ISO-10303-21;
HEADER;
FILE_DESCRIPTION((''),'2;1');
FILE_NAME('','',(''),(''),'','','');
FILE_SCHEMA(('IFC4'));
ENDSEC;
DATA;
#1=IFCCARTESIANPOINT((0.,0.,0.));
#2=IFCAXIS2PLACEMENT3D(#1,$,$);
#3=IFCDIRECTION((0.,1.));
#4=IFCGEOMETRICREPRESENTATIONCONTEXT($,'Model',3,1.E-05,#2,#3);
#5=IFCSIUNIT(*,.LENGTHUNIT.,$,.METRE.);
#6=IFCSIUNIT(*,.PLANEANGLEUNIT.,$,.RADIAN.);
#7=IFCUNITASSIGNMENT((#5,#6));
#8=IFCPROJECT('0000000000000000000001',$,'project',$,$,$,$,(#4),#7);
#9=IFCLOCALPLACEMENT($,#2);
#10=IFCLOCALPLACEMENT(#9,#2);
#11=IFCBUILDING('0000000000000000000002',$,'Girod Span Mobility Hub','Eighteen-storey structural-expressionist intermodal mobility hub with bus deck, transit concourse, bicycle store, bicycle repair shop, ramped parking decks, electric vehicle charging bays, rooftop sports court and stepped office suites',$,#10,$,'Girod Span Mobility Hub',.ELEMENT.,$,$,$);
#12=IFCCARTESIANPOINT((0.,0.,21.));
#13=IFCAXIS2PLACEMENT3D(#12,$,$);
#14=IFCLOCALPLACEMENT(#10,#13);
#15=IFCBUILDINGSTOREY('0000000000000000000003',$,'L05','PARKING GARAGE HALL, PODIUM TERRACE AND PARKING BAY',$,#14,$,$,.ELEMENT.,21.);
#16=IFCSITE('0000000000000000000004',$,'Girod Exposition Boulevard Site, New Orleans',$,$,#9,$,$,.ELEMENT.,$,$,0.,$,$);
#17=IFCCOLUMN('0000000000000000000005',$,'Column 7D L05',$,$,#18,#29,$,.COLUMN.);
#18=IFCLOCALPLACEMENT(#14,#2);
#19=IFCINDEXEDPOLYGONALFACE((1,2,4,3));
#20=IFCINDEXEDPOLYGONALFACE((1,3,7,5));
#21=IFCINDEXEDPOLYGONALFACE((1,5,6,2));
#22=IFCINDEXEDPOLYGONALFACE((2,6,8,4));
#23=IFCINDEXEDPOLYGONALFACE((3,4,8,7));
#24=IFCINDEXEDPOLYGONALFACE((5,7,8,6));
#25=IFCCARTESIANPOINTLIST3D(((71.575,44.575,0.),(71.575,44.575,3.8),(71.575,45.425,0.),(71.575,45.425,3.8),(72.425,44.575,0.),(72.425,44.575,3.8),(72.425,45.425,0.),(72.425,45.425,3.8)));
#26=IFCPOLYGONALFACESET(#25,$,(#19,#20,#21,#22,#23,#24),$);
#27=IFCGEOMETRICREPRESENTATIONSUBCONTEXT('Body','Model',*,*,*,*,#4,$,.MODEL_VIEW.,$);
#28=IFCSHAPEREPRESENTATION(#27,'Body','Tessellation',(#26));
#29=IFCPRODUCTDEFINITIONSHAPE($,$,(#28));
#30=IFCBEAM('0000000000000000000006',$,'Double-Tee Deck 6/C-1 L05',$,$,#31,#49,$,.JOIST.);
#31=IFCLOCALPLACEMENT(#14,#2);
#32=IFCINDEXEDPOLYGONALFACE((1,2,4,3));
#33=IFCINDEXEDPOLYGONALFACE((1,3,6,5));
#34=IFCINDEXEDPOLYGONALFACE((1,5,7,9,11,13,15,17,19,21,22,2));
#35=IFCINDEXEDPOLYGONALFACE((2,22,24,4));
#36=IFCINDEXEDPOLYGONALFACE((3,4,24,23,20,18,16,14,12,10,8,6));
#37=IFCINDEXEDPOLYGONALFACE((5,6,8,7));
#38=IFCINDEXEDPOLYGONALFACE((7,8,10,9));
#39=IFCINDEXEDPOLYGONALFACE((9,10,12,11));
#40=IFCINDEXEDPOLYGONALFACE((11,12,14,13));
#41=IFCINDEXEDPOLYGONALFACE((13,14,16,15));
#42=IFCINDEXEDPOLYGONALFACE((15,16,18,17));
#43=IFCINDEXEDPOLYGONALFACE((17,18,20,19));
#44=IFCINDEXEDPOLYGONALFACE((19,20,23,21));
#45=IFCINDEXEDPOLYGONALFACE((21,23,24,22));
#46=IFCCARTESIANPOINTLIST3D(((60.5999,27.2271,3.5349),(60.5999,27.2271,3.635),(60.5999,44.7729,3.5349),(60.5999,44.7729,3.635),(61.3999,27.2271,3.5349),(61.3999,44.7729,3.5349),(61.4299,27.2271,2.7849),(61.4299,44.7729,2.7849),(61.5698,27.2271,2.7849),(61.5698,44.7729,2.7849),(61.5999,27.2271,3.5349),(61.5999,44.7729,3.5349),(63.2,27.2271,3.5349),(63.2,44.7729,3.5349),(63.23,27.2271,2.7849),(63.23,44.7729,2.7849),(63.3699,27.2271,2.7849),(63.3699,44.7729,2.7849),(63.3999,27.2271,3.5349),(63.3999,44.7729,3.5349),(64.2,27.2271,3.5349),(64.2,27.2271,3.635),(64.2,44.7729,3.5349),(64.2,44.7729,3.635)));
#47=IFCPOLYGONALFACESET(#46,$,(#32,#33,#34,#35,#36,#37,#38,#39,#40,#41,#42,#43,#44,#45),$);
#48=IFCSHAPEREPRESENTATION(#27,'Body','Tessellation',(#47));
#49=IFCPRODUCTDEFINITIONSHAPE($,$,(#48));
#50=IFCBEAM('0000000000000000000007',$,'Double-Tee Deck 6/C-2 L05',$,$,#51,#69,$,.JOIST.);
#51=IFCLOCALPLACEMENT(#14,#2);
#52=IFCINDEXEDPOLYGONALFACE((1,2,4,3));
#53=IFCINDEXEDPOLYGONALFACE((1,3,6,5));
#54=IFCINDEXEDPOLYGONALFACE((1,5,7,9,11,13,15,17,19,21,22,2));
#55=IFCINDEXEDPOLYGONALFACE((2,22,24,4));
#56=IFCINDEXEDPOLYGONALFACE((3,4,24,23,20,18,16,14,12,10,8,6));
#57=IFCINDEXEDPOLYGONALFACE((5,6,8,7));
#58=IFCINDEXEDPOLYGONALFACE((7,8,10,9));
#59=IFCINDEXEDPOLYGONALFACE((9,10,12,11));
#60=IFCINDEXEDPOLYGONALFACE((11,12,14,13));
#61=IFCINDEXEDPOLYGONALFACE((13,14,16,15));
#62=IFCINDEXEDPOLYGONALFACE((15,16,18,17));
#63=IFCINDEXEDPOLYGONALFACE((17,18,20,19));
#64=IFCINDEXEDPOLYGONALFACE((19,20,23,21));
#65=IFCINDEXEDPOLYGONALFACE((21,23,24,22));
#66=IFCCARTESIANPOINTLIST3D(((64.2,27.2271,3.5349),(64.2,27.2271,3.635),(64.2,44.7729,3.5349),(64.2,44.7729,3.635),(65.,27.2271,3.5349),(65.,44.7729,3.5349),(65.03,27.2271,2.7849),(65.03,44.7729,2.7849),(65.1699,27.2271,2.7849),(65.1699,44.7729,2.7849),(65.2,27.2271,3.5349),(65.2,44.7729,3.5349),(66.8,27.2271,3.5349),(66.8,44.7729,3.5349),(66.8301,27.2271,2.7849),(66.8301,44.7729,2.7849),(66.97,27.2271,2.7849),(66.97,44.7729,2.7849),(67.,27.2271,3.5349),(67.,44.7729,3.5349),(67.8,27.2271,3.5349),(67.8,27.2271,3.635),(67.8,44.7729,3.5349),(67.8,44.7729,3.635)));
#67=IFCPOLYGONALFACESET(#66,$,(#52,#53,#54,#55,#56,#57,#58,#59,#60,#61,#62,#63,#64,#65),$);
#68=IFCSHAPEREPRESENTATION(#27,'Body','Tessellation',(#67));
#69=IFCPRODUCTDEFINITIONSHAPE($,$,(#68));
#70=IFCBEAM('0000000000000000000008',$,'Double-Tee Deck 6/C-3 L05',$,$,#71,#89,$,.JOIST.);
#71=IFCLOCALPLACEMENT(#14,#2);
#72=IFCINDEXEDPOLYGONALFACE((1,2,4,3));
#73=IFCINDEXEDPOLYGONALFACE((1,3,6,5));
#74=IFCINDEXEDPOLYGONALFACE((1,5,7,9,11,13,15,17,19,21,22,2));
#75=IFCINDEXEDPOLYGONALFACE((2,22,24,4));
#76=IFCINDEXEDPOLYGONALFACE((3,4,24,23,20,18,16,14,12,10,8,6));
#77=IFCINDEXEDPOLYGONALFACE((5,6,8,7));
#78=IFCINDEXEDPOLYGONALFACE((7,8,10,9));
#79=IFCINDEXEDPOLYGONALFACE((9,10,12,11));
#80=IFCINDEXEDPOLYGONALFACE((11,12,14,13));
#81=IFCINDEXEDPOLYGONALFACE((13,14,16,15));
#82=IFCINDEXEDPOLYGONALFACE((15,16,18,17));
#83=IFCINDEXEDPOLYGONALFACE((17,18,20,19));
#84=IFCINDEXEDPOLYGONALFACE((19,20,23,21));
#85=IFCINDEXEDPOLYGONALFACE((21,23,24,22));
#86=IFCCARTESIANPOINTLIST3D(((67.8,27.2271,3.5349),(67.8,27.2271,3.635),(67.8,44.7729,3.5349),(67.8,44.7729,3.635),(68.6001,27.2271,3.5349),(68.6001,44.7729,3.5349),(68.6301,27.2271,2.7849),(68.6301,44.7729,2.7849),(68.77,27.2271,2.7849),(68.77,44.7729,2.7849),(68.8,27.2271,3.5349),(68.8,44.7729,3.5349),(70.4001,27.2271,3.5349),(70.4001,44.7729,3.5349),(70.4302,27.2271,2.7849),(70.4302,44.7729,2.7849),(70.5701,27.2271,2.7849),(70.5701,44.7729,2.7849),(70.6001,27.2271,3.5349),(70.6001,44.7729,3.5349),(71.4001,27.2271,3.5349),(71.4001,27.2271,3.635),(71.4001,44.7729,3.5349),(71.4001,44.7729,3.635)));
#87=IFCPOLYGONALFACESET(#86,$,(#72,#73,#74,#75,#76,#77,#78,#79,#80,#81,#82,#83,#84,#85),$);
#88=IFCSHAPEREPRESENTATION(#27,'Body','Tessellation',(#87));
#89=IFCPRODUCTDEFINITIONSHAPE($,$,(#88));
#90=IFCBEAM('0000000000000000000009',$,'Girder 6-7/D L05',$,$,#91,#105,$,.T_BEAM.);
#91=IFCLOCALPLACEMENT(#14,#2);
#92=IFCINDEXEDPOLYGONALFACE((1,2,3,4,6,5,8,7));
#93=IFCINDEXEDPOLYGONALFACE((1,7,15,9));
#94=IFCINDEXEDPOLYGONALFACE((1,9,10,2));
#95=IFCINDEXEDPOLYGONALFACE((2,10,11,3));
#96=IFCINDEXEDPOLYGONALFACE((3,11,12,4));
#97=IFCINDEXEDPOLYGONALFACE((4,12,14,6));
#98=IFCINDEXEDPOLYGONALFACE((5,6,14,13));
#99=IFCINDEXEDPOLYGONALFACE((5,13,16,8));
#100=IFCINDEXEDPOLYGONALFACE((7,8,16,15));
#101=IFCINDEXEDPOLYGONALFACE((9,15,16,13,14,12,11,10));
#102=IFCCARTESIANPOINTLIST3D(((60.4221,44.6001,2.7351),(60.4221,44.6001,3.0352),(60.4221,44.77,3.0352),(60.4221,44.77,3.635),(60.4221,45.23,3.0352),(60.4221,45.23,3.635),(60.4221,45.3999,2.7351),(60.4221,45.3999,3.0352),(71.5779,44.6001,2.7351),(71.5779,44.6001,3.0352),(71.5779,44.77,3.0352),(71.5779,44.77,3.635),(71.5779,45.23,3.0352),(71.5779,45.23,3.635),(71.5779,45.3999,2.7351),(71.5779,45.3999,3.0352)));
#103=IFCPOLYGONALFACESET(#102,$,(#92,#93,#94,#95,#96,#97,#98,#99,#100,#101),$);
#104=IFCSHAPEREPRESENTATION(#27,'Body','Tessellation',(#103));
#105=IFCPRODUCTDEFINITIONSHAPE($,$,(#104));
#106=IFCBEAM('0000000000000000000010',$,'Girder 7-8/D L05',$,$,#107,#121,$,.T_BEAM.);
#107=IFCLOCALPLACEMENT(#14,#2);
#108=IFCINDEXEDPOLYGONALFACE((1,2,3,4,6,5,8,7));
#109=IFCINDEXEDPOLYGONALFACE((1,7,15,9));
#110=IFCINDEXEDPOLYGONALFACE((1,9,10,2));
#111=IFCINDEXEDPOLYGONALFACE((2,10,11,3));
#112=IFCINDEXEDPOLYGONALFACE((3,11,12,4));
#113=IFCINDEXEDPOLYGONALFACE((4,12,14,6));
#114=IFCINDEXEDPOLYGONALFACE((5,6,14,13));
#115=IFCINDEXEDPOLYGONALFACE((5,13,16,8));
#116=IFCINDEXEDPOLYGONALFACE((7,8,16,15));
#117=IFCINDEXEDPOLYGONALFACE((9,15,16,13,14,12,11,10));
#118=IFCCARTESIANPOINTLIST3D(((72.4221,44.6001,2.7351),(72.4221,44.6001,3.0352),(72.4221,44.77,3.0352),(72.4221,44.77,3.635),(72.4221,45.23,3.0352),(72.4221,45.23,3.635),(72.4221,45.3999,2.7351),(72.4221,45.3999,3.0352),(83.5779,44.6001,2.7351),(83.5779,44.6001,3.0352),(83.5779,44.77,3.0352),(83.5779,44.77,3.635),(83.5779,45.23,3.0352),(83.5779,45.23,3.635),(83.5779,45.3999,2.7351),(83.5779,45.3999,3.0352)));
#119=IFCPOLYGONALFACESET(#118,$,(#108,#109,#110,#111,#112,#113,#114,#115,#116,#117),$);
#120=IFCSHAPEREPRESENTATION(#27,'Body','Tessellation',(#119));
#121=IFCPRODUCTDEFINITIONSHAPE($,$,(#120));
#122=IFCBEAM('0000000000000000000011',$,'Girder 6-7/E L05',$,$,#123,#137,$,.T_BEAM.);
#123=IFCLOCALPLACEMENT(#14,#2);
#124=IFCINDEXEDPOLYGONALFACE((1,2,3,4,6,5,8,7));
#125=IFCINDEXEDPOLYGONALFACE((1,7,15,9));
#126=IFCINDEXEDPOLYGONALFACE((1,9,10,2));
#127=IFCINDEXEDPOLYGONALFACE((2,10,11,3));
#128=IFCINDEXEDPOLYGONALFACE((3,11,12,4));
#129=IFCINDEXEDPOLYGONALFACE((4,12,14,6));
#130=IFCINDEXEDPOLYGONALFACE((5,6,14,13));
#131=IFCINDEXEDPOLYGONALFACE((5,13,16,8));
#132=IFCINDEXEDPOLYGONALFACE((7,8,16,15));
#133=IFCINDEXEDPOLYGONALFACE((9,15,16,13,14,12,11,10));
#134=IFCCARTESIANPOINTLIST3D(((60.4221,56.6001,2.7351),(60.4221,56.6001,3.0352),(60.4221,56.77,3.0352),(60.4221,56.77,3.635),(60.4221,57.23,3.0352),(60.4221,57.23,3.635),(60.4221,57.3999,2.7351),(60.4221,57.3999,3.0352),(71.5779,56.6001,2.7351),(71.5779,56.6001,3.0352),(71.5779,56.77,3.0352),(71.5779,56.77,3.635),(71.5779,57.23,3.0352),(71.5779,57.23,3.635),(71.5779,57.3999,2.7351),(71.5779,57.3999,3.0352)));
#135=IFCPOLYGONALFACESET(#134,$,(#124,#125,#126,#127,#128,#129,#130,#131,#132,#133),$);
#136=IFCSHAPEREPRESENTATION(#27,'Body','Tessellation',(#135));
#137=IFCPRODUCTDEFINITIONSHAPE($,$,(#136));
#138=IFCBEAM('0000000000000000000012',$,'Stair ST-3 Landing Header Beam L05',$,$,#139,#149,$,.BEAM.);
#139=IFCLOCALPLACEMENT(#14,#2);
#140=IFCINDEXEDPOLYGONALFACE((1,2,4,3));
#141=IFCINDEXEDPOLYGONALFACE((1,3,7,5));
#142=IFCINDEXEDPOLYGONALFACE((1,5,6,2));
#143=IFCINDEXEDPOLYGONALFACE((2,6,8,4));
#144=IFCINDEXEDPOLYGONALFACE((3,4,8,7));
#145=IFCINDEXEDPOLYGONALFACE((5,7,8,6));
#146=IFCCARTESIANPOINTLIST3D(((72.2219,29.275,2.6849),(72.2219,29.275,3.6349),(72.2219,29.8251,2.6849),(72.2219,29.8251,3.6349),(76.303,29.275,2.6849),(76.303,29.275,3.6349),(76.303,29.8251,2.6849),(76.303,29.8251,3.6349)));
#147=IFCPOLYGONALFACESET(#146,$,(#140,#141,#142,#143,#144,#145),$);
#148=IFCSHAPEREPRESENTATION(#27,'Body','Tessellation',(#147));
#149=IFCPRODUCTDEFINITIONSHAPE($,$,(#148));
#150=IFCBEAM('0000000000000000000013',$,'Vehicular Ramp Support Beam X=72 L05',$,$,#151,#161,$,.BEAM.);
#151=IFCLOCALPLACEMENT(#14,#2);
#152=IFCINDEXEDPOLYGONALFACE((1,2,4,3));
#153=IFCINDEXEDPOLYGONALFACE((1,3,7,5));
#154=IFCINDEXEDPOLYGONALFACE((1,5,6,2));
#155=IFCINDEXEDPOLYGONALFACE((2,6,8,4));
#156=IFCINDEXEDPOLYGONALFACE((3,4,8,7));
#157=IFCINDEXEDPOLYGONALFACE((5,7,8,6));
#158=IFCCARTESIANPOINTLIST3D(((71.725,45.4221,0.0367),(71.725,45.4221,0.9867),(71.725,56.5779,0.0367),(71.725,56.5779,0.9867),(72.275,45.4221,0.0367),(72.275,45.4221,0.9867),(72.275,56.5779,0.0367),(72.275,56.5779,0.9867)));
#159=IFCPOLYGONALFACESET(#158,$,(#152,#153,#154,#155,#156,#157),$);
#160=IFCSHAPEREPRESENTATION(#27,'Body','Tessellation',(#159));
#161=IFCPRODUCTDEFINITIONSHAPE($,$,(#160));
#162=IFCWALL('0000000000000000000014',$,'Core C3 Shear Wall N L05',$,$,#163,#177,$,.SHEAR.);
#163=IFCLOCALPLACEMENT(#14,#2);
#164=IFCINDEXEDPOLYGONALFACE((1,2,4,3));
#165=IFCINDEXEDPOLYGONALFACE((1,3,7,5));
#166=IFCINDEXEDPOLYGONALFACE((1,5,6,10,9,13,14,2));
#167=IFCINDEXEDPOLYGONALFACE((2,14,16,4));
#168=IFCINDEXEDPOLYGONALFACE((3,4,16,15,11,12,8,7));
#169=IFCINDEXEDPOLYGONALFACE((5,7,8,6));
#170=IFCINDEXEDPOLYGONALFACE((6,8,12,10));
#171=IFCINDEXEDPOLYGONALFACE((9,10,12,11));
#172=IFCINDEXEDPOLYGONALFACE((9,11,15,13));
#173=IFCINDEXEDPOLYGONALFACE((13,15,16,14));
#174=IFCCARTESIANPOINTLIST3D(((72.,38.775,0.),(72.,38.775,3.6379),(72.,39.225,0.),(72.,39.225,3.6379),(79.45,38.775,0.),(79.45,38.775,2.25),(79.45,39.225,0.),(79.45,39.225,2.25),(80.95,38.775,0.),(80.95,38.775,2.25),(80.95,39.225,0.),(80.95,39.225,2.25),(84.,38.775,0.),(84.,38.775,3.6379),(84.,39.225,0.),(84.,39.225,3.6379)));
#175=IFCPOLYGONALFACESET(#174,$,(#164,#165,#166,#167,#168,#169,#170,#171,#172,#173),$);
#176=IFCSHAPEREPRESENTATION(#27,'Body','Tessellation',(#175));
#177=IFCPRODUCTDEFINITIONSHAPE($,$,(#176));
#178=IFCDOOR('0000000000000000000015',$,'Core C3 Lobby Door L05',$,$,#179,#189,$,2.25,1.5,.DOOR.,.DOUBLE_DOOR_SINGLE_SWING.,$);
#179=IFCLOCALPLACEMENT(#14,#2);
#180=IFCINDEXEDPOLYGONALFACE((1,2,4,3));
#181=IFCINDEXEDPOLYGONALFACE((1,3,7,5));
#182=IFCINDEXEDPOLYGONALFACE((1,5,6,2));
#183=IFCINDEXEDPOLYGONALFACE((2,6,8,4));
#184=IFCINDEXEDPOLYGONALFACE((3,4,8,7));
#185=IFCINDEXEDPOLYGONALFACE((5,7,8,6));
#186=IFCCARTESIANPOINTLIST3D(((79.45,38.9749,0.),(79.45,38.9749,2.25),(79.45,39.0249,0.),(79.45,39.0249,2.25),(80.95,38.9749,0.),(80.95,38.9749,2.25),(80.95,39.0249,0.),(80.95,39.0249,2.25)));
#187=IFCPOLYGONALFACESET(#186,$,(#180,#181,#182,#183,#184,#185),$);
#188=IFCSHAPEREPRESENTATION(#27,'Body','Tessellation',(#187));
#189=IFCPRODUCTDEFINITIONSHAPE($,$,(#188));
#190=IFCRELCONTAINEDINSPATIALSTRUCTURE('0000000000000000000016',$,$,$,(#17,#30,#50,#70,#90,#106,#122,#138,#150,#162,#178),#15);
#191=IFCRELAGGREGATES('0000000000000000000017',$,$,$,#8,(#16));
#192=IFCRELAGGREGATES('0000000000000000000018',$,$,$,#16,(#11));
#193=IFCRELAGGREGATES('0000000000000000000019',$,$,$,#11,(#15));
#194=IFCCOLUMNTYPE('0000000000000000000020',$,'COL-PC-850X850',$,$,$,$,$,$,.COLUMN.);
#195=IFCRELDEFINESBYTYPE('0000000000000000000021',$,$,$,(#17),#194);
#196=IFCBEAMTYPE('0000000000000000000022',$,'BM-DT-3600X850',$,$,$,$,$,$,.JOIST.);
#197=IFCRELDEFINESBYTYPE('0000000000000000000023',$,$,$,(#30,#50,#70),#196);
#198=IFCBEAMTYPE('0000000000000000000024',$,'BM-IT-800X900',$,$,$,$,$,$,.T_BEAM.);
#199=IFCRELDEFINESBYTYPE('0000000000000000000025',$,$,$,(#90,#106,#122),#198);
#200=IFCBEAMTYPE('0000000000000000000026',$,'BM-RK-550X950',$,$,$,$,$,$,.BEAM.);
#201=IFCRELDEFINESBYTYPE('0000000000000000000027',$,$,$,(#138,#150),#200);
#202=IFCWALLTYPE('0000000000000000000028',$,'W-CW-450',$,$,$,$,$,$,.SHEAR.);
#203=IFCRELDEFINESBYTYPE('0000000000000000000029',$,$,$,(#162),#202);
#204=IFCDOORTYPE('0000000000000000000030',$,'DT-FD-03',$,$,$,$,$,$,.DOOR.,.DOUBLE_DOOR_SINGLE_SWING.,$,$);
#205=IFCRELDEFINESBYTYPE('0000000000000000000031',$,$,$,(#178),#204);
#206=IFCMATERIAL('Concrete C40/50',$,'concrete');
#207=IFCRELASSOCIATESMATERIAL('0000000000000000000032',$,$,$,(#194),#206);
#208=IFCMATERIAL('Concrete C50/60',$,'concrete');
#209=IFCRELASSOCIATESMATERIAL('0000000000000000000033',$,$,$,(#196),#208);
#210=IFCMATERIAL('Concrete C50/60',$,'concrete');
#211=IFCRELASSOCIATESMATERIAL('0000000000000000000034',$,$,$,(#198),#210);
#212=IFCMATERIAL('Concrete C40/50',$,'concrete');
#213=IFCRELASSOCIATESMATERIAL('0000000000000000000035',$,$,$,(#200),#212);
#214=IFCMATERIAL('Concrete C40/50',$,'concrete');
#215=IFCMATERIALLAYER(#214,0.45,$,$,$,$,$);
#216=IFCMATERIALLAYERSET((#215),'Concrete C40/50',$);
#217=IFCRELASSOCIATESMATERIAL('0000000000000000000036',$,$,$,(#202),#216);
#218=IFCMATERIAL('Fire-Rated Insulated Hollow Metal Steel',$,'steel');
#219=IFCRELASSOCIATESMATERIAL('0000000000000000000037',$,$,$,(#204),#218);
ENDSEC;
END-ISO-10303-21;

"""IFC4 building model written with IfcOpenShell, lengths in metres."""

from ifc_helpers import new_model, si_unit, direction, frame, frame_2d, origin, origin_2d, place, context, subcontext, project, spatial, polyline, rectangle, outline, extrude, material, layer, layer_set, material_profile, profile_set, type_object, element, fill, save


model = new_model("IFC4")

# Units and contexts
model_context = context("Model", 3, precision=1e-05, world=origin(), true_north=direction((0.0, 1.0)))
body_context = subcontext(model_context, "Body", "Model", "MODEL_VIEW")
ifc_project = project(units=[si_unit("LENGTHUNIT", "METRE"), si_unit("PLANEANGLEUNIT", "RADIAN")], contexts=[model_context])

# Site, building, storey
site_placement = place(None, origin())
site = spatial("IfcSite", under=ifc_project, at=site_placement, Name="Girod Exposition Boulevard Site, New Orleans", CompositionType="ELEMENT", RefElevation=0.0)
building_placement = place(site_placement, origin())
building = spatial("IfcBuilding", under=site, at=building_placement, Name="Girod Span Mobility Hub", Description="Eighteen-storey structural-expressionist intermodal mobility hub with bus deck, transit concourse, bicycle store, bicycle repair shop, ramped parking decks, electric vehicle charging bays, rooftop sports court and stepped office suites", LongName="Girod Span Mobility Hub", CompositionType="ELEMENT")
storey_placement = place(building_placement, frame((0.0, 0.0, 21.0)))
storey = spatial("IfcBuildingStorey", under=building, at=storey_placement, Name="L05", Description="PARKING GARAGE HALL, PODIUM TERRACE AND PARKING BAY", CompositionType="ELEMENT", Elevation=21.0)

# Column
ifc_material_1 = material(Name="Concrete C40/50", Category="concrete")
ifc_material_profile_1 = material_profile(ifc_material_1, rectangle(XDim=0.8501, YDim=0.8501, at=origin_2d()), Name="PC-COL-850X850")
ifc_profile_set_1 = profile_set([ifc_material_profile_1], Name="Concrete C40/50")
column_type = type_object("IfcColumnType", Name="COL-PC-850X850", PredefinedType="COLUMN", material=ifc_profile_set_1)
column_placement = place(storey_placement, frame((72.0, 45.0, 0.0), z_axis=(0.0, 0.0, 1.0), x_axis=(1.0, 0.0, 0.0)))
element("IfcColumn", 1, at=column_placement, inside=storey, type_object=column_type, Name="Column 7D L05", PredefinedType="COLUMN", context=body_context, shape_type="SweptSolid", body=[
    extrude(rectangle(XDim=0.8501, YDim=0.8501, at=origin_2d()), origin(), (0.0, 0.0, 1.0), 3.8),
])

# Beams
ifc_material_2 = material(Name="Concrete C50/60", Category="concrete")
ifc_material_profile_2 = material_profile(ifc_material_2, outline(polyline([(-1.8, 0.425), (-1.8, 0.325), (-1.0, 0.325), (-0.97, -0.425), (-0.8301, -0.425), (-0.8, 0.325), (0.8, 0.325), (0.8301, -0.425), (0.97, -0.425), (1.0, 0.325), (1.8, 0.325), (1.8, 0.425), (-1.8, 0.425)])), Name="DT-3600X850")
ifc_profile_set_2 = profile_set([ifc_material_profile_2], Name="Concrete C50/60")
beam_type_1 = type_object("IfcBeamType", Name="BM-DT-3600X850", PredefinedType="JOIST", material=ifc_profile_set_2)
for number, where, z_axis, x_axis, name in (
    (2, (62.3999, 27.2271, 3.21), (0.0, 1.0, 0.0), (-1.0, 0.0, 0.0), "Double-Tee Deck 6/C-1 L05"),
    (3, (66.0, 27.2271, 3.21), (0.0, 1.0, 0.0), (-1.0, 0.0, 0.0), "Double-Tee Deck 6/C-2 L05"),
    (4, (69.6001, 27.2271, 3.21), (0.0, 1.0, 0.0), (-1.0, 0.0, 0.0), "Double-Tee Deck 6/C-3 L05"),
):
    element("IfcBeam", number, at=place(storey_placement, frame(where, z_axis=z_axis, x_axis=x_axis)), inside=storey, type_object=beam_type_1, Name=name, PredefinedType="JOIST", context=body_context, shape_type="SweptSolid", body=[
        extrude(outline(polyline([(-1.8, 0.425), (-1.8, 0.325), (-1.0, 0.325), (-0.97, -0.425), (-0.8301, -0.425), (-0.8, 0.325), (0.8, 0.325), (0.8301, -0.425), (0.97, -0.425), (1.0, 0.325), (1.8, 0.325), (1.8, 0.425), (-1.8, 0.425)])), origin(), (0.0, 0.0, 1.0), 17.5459),
    ])
ifc_material_3 = material(Name="Concrete C50/60", Category="concrete")
ifc_material_profile_3 = material_profile(ifc_material_3, outline(polyline([(-0.3999, -0.45), (0.3999, -0.45), (0.3999, -0.1499), (0.23, -0.1499), (0.23, 0.45), (-0.23, 0.45), (-0.23, -0.1499), (-0.3999, -0.1499), (-0.3999, -0.45)])), Name="IT-800X900")
ifc_profile_set_3 = profile_set([ifc_material_profile_3], Name="Concrete C50/60")
beam_type_2 = type_object("IfcBeamType", Name="BM-IT-800X900", PredefinedType="T_BEAM", material=ifc_profile_set_3)
for number, where, z_axis, x_axis, name in (
    (5, (60.4221, 45.0, 3.1851), (1.0, 0.0, 0.0), (0.0, 1.0, 0.0), "Girder 6-7/D L05"),
    (6, (72.4221, 45.0, 3.1851), (1.0, 0.0, 0.0), (0.0, 1.0, 0.0), "Girder 7-8/D L05"),
    (7, (60.4221, 57.0, 3.1851), (1.0, 0.0, 0.0), (0.0, 1.0, 0.0), "Girder 6-7/E L05"),
):
    element("IfcBeam", number, at=place(storey_placement, frame(where, z_axis=z_axis, x_axis=x_axis)), inside=storey, type_object=beam_type_2, Name=name, PredefinedType="T_BEAM", context=body_context, shape_type="SweptSolid", body=[
        extrude(outline(polyline([(-0.3999, -0.45), (0.3999, -0.45), (0.3999, -0.1499), (0.23, -0.1499), (0.23, 0.45), (-0.23, 0.45), (-0.23, -0.1499), (-0.3999, -0.1499), (-0.3999, -0.45)])), origin(), (0.0, 0.0, 1.0), 11.1558),
    ])
ifc_material_4 = material(Name="Concrete C40/50", Category="concrete")
ifc_material_profile_4 = material_profile(ifc_material_4, rectangle(XDim=0.55, YDim=0.95, at=origin_2d()), Name="RK-550X950")
ifc_profile_set_4 = profile_set([ifc_material_profile_4], Name="Concrete C40/50")
beam_type_3 = type_object("IfcBeamType", Name="BM-RK-550X950", PredefinedType="BEAM", material=ifc_profile_set_4)
beam_1_placement = place(storey_placement, frame((72.2219, 29.55, 3.1599), z_axis=(1.0, 0.0, 0.0), x_axis=(0.0, 1.0, 0.0)))
element("IfcBeam", 8, at=beam_1_placement, inside=storey, type_object=beam_type_3, Name="Stair ST-3 Landing Header Beam L05", PredefinedType="BEAM", context=body_context, shape_type="SweptSolid", body=[
    extrude(rectangle(XDim=0.55, YDim=0.95, at=origin_2d()), origin(), (0.0, 0.0, 1.0), 4.0811),
])
beam_2_placement = place(storey_placement, frame((72.0, 45.4221, 0.5117), z_axis=(0.0, 1.0, 0.0), x_axis=(-1.0, 0.0, 0.0)))
element("IfcBeam", 9, at=beam_2_placement, inside=storey, type_object=beam_type_3, Name="Vehicular Ramp Support Beam X=72 L05", PredefinedType="BEAM", context=body_context, shape_type="SweptSolid", body=[
    extrude(rectangle(XDim=0.55, YDim=0.95, at=origin_2d()), origin(), (0.0, 0.0, 1.0), 11.1558),
])

# Wall, opening, door
ifc_material_5 = material(Name="Concrete C40/50", Category="concrete")
ifc_layer_1 = layer(ifc_material_5, 0.45)
ifc_layer_set_1 = layer_set([ifc_layer_1], Name="Concrete C40/50")
wall_type = type_object("IfcWallType", Name="W-CW-450", PredefinedType="SHEAR", material=ifc_layer_set_1)
wall_1_placement = place(storey_placement, frame((72.0, 39.0, 0.0), z_axis=(0.0, 0.0, 1.0), x_axis=(1.0, 0.0, 0.0)))
wall_1 = element("IfcWall", 10, at=wall_1_placement, inside=storey, type_object=wall_type, Name="Core C3 Shear Wall N L05", PredefinedType="SHEAR", context=body_context, shape_type="SweptSolid", body=[
    extrude(rectangle(XDim=12.0, YDim=0.45, at=frame_2d((6.0, 0.0))), origin(), (0.0, 0.0, 1.0), 3.6379),
])
opening_placement = place(wall_1_placement, frame((7.45, 0.0, 0.0)))
opening = element("IfcOpeningElement", 11, at=opening_placement, cuts=wall_1, PredefinedType="OPENING", context=body_context, shape_type="SweptSolid", body=[
    extrude(rectangle(XDim=1.5, YDim=2.25, at=frame_2d((0.75, 1.125))), frame((0.0, 0.24, 0.0), z_axis=(0.0, -1.0, 0.0), x_axis=(1.0, 0.0, 0.0)), (0.0, 0.0, 1.0), 0.48),
])
ifc_material_6 = material(Name="Fire-Rated Insulated Hollow Metal Steel", Category="steel")
door_type = type_object("IfcDoorType", Name="DT-FD-03", OperationType="DOUBLE_DOOR_SINGLE_SWING", PredefinedType="DOOR", material=ifc_material_6)
door_placement = place(opening_placement, origin())
door = element("IfcDoor", 12, at=door_placement, inside=storey, type_object=door_type, Name="Core C3 Lobby Door L05", OperationType="DOUBLE_DOOR_SINGLE_SWING", OverallHeight=2.25, OverallWidth=1.5, PredefinedType="DOOR", context=body_context, shape_type="SweptSolid", body=[
    extrude(rectangle(XDim=1.5, YDim=2.25, at=frame_2d((0.75, 1.125))), frame((0.0, 0.0249, 0.0), z_axis=(0.0, -1.0, 0.0), x_axis=(1.0, 0.0, 0.0)), (0.0, 0.0, 1.0), 0.05),
])
fill(opening, door)

save(model, "model.ifc")
